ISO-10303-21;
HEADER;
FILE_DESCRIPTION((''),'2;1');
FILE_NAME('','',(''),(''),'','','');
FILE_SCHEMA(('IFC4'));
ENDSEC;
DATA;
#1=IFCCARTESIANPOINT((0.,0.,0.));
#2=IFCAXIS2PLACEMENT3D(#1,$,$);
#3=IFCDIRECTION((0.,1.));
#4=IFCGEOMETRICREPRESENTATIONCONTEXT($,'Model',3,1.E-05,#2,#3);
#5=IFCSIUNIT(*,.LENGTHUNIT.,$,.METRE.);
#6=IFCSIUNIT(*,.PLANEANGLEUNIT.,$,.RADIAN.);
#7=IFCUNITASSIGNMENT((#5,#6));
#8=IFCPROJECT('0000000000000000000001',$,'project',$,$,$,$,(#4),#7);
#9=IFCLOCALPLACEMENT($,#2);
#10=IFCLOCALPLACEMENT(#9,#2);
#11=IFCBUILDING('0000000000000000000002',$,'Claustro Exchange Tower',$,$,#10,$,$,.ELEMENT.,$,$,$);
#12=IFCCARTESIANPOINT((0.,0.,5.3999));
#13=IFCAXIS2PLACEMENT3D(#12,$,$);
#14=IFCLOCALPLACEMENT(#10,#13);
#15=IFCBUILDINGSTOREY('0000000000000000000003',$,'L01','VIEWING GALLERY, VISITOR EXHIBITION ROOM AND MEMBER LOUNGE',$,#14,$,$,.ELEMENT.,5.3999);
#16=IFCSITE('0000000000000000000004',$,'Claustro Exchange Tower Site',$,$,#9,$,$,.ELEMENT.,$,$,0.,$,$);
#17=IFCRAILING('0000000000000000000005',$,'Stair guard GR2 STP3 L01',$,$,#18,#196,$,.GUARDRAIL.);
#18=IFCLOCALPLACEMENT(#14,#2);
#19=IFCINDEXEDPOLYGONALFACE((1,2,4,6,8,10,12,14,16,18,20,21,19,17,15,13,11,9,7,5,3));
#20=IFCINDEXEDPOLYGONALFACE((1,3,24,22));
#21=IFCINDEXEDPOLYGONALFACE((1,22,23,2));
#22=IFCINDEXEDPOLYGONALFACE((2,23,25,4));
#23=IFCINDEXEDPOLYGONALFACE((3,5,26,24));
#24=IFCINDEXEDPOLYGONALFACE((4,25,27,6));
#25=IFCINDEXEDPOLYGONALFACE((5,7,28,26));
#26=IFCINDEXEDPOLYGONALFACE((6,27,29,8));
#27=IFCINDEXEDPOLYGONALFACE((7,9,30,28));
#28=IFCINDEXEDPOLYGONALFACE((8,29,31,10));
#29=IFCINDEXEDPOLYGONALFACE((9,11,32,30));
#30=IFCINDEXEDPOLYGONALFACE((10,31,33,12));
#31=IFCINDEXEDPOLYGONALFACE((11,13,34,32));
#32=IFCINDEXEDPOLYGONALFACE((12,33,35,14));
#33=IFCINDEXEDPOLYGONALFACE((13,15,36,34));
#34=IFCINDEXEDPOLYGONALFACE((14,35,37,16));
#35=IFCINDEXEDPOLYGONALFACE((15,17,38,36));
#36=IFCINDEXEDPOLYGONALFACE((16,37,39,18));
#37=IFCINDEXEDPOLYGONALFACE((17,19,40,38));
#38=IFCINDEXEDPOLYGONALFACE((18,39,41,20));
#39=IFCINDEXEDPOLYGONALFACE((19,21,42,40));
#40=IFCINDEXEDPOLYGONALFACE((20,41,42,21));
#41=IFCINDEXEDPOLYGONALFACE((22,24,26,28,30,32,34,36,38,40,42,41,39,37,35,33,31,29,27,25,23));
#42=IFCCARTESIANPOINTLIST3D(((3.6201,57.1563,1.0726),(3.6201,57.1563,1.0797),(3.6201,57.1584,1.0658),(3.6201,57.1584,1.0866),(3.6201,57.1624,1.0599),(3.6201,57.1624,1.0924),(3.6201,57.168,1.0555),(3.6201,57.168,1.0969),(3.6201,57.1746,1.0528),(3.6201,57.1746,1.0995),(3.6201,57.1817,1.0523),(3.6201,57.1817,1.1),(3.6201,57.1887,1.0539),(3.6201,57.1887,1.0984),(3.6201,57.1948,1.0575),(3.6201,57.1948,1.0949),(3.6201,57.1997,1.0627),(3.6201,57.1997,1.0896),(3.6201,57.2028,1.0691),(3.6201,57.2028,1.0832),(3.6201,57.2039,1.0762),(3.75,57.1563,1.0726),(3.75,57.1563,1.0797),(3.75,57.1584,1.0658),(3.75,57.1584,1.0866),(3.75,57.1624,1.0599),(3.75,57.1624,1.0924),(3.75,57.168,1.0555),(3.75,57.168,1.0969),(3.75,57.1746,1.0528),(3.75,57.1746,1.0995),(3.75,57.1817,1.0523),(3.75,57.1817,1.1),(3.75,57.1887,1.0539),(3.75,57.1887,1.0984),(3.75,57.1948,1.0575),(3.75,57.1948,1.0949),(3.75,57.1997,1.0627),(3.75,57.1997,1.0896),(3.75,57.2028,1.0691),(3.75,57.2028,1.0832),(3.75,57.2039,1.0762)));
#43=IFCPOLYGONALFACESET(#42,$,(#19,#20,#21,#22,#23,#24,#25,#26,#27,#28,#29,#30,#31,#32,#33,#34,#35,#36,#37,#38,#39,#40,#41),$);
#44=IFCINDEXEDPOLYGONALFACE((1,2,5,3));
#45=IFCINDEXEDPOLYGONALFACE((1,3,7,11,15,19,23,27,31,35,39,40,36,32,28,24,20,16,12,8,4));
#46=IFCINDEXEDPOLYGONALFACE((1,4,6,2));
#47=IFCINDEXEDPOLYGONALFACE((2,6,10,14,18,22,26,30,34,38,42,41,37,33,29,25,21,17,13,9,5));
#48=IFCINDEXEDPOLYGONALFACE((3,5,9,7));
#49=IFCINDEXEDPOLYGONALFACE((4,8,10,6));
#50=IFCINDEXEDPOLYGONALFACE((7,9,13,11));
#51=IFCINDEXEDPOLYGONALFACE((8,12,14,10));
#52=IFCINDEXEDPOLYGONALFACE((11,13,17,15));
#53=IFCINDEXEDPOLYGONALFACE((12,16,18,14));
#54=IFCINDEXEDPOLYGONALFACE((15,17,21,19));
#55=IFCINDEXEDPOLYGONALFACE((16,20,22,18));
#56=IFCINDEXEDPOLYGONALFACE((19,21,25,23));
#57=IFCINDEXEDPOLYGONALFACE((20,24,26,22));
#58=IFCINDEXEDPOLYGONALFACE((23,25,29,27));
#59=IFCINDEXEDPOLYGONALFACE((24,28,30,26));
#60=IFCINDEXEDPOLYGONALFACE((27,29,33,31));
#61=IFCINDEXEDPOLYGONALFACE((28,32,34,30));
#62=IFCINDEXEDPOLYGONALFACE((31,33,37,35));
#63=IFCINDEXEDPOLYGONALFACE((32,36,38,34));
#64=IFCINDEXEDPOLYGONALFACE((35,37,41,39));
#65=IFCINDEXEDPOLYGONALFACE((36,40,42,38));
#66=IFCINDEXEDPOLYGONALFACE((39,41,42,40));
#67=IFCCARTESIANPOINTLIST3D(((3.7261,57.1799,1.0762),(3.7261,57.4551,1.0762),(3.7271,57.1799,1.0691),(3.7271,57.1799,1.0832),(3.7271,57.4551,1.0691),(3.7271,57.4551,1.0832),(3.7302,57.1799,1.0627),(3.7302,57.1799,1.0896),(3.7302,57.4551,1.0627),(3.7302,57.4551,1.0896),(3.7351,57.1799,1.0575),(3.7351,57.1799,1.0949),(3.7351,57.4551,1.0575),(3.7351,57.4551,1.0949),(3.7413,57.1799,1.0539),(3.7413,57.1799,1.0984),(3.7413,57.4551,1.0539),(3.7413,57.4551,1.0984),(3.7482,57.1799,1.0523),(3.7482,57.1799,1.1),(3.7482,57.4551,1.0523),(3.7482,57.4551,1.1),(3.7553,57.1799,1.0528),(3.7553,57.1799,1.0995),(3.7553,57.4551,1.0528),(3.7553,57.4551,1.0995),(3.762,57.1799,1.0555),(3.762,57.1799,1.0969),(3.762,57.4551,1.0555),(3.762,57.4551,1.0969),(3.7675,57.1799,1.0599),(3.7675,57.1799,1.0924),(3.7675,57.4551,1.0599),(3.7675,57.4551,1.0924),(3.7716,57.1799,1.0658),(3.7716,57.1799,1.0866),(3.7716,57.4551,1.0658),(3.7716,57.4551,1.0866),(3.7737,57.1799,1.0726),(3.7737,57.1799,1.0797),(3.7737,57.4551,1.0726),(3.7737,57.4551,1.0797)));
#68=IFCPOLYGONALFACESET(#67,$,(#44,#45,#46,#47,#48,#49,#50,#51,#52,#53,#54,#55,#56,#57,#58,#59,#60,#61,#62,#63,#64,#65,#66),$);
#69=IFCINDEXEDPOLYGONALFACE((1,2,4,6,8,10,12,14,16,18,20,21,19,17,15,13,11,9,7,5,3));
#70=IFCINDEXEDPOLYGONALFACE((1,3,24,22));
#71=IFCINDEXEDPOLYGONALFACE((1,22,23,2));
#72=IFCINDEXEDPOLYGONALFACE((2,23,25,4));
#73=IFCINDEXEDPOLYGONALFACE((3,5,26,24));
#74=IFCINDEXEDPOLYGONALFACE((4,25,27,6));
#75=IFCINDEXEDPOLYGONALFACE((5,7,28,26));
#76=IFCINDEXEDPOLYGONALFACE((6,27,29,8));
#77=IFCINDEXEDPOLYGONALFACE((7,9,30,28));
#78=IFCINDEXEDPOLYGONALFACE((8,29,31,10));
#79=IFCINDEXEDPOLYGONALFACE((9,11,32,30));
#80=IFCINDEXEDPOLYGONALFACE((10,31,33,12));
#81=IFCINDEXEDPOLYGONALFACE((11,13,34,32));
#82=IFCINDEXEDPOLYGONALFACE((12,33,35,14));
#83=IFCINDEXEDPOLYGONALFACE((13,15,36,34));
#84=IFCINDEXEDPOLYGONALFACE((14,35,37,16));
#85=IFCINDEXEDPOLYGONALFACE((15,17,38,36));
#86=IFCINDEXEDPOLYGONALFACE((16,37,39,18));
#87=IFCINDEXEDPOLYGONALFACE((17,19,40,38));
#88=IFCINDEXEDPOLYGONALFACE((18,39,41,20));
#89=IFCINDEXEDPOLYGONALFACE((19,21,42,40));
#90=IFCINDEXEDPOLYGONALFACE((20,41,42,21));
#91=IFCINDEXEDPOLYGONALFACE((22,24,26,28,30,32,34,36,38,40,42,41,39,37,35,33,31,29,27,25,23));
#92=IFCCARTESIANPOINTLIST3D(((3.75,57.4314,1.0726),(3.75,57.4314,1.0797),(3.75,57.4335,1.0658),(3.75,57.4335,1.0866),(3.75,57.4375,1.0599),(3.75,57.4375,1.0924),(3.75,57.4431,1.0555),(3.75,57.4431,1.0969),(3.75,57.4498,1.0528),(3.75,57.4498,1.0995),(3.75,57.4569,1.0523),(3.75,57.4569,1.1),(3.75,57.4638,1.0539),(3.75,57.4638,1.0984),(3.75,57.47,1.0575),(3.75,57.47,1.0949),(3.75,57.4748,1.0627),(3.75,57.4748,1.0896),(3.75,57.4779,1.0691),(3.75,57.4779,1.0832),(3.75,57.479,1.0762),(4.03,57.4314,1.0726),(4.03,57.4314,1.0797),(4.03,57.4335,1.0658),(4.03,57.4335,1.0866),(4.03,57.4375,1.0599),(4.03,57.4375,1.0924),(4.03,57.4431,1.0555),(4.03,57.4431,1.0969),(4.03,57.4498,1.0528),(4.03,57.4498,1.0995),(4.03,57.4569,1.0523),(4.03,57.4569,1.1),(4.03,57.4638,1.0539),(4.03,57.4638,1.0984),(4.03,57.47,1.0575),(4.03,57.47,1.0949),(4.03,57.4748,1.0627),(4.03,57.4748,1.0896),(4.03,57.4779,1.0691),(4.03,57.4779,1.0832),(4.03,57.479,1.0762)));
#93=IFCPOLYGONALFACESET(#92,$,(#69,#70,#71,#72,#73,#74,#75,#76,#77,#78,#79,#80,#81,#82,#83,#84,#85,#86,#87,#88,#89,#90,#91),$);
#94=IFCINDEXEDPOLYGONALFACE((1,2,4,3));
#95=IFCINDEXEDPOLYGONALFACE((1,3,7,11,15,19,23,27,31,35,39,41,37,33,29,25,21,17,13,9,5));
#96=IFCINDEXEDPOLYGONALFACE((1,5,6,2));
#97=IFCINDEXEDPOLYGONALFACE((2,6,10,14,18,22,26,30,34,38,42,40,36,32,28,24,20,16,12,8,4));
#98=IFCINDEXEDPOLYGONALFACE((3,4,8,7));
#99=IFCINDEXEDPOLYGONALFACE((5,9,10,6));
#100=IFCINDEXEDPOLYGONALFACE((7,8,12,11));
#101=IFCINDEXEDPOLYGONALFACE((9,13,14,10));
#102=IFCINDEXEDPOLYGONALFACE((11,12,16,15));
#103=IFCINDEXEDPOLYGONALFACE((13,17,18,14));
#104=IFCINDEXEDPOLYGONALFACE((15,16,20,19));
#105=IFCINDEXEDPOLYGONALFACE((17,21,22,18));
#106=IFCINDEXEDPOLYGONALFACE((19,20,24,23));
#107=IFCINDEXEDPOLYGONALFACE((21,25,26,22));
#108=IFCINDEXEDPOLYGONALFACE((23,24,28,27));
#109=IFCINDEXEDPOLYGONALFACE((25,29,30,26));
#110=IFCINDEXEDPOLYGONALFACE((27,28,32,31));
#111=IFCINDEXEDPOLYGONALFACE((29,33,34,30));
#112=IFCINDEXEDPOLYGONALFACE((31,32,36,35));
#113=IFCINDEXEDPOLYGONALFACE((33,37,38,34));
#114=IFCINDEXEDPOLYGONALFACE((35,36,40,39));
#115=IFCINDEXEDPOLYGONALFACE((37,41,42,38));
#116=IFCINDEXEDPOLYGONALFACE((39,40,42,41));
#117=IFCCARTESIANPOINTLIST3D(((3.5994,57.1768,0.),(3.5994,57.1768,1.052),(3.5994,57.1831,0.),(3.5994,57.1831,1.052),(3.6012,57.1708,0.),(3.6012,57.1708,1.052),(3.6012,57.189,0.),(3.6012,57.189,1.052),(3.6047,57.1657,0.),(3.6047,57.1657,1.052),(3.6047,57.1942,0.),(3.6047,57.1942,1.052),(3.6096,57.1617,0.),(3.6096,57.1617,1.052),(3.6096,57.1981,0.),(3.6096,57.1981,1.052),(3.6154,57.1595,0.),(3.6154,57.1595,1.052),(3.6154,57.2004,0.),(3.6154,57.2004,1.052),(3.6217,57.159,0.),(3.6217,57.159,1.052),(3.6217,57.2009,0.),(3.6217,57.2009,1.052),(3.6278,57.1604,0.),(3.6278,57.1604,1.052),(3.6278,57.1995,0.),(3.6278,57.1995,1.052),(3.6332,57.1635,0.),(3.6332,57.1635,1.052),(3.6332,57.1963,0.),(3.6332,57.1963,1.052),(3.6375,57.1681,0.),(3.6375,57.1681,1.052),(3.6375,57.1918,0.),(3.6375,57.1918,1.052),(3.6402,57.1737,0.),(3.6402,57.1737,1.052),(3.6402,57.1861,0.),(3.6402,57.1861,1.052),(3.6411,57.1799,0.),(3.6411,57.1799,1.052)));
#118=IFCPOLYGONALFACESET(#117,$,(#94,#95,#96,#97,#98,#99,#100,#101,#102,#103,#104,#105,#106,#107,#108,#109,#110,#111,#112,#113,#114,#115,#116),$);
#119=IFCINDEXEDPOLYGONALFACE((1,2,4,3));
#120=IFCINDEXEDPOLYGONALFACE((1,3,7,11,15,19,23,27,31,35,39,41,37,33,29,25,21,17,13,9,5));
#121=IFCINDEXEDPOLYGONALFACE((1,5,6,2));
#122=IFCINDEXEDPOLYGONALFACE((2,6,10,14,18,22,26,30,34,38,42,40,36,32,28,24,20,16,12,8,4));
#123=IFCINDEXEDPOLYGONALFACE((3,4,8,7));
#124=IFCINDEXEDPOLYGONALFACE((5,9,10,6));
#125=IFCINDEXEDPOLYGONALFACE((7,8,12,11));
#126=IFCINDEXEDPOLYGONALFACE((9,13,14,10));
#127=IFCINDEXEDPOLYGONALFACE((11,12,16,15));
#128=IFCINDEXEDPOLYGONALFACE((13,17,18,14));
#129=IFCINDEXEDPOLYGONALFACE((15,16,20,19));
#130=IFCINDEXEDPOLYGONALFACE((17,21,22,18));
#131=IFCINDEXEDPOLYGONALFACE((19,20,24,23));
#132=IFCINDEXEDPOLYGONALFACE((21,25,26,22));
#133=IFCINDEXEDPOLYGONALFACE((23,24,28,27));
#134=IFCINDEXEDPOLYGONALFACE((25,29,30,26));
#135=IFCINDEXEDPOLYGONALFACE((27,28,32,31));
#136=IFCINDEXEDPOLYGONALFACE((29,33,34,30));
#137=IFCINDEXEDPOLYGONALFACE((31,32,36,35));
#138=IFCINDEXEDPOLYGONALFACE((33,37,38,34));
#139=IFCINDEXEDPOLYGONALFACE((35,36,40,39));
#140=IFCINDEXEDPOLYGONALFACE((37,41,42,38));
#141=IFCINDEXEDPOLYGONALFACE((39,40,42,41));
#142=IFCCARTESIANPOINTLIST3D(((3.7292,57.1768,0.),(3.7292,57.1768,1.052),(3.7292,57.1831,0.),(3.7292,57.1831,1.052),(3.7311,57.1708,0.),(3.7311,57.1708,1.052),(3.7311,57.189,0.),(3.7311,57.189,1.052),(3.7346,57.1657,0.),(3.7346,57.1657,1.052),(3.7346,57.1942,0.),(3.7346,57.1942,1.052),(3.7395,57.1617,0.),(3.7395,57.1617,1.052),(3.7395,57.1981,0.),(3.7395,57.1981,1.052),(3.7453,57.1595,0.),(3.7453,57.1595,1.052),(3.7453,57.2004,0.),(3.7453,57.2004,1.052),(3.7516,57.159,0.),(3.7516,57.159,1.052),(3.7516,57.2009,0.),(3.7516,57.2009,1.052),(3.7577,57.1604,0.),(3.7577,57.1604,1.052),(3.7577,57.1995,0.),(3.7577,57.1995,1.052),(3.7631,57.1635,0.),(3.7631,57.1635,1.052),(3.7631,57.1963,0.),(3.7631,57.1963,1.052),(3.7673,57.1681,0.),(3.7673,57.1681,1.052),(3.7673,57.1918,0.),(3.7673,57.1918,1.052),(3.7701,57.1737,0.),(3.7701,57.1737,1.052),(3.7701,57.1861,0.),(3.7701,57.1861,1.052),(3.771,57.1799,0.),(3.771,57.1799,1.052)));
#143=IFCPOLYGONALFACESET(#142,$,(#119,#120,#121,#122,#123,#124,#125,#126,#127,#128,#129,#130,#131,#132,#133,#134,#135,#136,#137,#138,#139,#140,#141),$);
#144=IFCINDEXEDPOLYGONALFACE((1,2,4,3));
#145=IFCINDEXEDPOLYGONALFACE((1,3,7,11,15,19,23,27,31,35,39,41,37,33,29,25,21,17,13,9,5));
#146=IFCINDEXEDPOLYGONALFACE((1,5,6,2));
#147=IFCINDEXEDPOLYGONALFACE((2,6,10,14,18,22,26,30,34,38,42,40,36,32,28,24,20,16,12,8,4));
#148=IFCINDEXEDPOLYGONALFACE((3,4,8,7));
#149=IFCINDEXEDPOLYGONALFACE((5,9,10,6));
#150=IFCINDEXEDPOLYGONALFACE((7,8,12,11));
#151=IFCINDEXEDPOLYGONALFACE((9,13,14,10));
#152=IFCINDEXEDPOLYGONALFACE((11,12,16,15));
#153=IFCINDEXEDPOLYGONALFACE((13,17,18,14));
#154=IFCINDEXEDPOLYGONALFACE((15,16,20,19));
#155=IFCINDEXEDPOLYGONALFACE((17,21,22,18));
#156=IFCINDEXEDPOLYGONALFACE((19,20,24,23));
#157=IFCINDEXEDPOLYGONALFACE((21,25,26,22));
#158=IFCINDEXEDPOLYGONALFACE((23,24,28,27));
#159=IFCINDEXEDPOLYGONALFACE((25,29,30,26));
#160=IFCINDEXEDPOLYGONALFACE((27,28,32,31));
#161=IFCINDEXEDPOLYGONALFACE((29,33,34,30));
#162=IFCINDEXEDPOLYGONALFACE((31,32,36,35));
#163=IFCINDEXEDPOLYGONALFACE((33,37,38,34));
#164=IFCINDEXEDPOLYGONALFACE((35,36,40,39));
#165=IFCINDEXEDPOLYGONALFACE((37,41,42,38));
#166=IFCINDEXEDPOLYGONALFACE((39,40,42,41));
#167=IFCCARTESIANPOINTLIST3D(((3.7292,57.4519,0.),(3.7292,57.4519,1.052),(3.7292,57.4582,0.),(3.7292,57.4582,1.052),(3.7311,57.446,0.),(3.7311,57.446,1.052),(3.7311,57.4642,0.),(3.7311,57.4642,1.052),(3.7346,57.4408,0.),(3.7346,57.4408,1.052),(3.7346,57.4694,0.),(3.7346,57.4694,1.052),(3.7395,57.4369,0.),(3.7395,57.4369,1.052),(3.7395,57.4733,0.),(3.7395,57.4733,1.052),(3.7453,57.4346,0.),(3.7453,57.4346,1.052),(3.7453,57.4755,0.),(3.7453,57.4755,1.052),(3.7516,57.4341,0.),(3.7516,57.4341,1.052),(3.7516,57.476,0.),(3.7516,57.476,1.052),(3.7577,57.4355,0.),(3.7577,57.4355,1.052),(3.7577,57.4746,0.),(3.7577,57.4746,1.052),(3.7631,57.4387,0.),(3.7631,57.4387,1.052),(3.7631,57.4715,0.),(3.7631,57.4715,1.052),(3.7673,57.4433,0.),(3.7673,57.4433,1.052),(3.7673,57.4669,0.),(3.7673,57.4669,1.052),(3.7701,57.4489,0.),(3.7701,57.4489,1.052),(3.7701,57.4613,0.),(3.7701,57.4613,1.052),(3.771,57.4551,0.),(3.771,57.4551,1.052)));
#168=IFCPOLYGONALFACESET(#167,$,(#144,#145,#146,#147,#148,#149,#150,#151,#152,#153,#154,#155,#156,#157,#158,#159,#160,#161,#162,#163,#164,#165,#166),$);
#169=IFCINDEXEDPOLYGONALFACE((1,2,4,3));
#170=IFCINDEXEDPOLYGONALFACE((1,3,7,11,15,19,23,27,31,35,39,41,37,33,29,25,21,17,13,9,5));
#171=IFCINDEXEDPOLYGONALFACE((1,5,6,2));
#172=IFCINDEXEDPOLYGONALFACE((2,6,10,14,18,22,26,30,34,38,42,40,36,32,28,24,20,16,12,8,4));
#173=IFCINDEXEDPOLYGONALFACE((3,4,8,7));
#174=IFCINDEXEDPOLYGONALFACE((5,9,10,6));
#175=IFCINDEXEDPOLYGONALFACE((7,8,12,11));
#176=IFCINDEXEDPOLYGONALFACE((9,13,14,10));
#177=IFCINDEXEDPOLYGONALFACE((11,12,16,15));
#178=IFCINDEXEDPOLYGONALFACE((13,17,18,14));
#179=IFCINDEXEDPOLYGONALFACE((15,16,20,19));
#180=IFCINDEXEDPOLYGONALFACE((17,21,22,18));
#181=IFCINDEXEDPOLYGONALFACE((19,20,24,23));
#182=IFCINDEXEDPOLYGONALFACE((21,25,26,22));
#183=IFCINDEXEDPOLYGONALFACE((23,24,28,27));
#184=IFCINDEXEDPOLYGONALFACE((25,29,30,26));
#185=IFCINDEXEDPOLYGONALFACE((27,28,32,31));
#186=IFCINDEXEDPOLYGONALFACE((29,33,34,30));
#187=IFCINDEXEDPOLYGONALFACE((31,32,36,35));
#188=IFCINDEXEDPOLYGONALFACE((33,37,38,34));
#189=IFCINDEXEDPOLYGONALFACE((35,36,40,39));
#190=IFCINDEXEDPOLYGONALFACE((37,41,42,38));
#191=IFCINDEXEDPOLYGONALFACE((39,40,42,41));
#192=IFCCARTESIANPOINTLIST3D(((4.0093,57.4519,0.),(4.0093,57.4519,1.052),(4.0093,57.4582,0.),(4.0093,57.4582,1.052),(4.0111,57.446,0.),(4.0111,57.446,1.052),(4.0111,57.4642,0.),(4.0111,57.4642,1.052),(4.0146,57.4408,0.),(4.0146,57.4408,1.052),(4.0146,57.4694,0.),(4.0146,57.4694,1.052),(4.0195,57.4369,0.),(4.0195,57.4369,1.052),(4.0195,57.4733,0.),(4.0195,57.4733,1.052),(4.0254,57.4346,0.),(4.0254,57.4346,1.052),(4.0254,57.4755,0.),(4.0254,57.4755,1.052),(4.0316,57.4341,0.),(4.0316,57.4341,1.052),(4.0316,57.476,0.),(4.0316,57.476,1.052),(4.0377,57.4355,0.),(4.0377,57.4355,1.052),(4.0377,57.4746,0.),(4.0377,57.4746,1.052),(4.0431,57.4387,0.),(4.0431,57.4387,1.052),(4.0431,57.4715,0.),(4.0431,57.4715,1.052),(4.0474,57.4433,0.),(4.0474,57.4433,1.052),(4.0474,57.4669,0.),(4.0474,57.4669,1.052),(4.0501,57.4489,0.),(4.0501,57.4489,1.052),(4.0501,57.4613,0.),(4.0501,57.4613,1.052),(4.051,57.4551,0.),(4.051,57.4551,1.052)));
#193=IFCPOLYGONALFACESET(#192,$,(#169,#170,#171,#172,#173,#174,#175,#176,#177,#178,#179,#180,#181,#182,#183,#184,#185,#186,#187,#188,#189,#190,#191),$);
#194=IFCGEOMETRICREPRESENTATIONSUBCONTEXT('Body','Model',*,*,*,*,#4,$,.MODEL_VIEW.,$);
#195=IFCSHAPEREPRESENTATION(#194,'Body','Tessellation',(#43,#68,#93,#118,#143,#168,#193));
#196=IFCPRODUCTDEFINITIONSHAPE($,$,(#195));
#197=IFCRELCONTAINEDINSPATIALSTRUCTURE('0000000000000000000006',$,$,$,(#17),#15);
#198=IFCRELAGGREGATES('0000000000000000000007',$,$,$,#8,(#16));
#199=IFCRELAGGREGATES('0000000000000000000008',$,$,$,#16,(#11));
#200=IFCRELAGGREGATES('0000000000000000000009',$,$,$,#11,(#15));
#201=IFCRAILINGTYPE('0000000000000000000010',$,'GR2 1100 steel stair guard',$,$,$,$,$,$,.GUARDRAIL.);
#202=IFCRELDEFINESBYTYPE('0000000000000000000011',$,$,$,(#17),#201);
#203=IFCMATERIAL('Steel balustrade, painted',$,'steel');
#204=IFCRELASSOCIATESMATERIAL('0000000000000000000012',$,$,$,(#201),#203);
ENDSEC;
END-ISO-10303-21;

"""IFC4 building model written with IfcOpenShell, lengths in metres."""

from ifc_helpers import new_model, si_unit, direction, frame, origin, origin_2d, place, context, subcontext, project, spatial, circle, extrude, material, type_object, element, save


model = new_model("IFC4")

# Units and contexts
model_context = context("Model", 3, precision=1e-05, world=origin(), true_north=direction((0.0, 1.0)))
body_context = subcontext(model_context, "Body", "Model", "MODEL_VIEW")
ifc_project = project(units=[si_unit("LENGTHUNIT", "METRE"), si_unit("PLANEANGLEUNIT", "RADIAN")], contexts=[model_context])

# Site, building, storey
site_placement = place(None, origin())
site = spatial("IfcSite", under=ifc_project, at=site_placement, Name="Claustro Exchange Tower Site", CompositionType="ELEMENT", RefElevation=0.0)
building_placement = place(site_placement, origin())
building = spatial("IfcBuilding", under=site, at=building_placement, Name="Claustro Exchange Tower", CompositionType="ELEMENT")
storey_placement = place(building_placement, frame((0.0, 0.0, 5.3999)))
storey = spatial("IfcBuildingStorey", under=building, at=storey_placement, Name="L01", Description="VIEWING GALLERY, VISITOR EXHIBITION ROOM AND MEMBER LOUNGE", CompositionType="ELEMENT", Elevation=5.3999)

# Railing
ifc_material_1 = material(Name="Steel balustrade, painted", Category="steel")
railing_type_1 = type_object("IfcRailingType", Name="GR2 1100 steel stair guard", PredefinedType="GUARDRAIL", material=ifc_material_1)
railing_1_placement = place(storey_placement, frame((3.6201, 57.1799, 0.0)))
element("IfcRailing", 1, at=railing_1_placement, inside=storey, type_object=railing_type_1, Name="Stair guard GR2 STP3 L01", PredefinedType="GUARDRAIL", context=body_context, shape_type="SweptSolid", body=[
    extrude(circle(Radius=0.0239, at=origin_2d()), frame((0.0, 0.0, 1.0762), z_axis=(1.0, 0.0, 0.0), x_axis=(0.0, 1.0, 0.0)), (0.0, 0.0, 1.0), 0.1299),
    extrude(circle(Radius=0.0239, at=origin_2d()), frame((0.1299, 0.0, 1.0762), z_axis=(0.0, 1.0, 0.0), x_axis=(-1.0, 0.0, 0.0)), (0.0, 0.0, 1.0), 0.2751),
    extrude(circle(Radius=0.0239, at=origin_2d()), frame((0.1299, 0.2751, 1.0762), z_axis=(1.0, 0.0, 0.0), x_axis=(0.0, 1.0, 0.0)), (0.0, 0.0, 1.0), 0.28),
    extrude(circle(Radius=0.021, at=origin_2d()), origin(), (0.0, 0.0, 1.0), 1.052),
    extrude(circle(Radius=0.021, at=origin_2d()), frame((0.1299, 0.0, 0.0)), (0.0, 0.0, 1.0), 1.052),
    extrude(circle(Radius=0.021, at=origin_2d()), frame((0.1299, 0.2751, 0.0)), (0.0, 0.0, 1.0), 1.052),
    extrude(circle(Radius=0.021, at=origin_2d()), frame((0.4099, 0.2751, 0.0)), (0.0, 0.0, 1.0), 1.052),
])

save(model, "model.ifc")
